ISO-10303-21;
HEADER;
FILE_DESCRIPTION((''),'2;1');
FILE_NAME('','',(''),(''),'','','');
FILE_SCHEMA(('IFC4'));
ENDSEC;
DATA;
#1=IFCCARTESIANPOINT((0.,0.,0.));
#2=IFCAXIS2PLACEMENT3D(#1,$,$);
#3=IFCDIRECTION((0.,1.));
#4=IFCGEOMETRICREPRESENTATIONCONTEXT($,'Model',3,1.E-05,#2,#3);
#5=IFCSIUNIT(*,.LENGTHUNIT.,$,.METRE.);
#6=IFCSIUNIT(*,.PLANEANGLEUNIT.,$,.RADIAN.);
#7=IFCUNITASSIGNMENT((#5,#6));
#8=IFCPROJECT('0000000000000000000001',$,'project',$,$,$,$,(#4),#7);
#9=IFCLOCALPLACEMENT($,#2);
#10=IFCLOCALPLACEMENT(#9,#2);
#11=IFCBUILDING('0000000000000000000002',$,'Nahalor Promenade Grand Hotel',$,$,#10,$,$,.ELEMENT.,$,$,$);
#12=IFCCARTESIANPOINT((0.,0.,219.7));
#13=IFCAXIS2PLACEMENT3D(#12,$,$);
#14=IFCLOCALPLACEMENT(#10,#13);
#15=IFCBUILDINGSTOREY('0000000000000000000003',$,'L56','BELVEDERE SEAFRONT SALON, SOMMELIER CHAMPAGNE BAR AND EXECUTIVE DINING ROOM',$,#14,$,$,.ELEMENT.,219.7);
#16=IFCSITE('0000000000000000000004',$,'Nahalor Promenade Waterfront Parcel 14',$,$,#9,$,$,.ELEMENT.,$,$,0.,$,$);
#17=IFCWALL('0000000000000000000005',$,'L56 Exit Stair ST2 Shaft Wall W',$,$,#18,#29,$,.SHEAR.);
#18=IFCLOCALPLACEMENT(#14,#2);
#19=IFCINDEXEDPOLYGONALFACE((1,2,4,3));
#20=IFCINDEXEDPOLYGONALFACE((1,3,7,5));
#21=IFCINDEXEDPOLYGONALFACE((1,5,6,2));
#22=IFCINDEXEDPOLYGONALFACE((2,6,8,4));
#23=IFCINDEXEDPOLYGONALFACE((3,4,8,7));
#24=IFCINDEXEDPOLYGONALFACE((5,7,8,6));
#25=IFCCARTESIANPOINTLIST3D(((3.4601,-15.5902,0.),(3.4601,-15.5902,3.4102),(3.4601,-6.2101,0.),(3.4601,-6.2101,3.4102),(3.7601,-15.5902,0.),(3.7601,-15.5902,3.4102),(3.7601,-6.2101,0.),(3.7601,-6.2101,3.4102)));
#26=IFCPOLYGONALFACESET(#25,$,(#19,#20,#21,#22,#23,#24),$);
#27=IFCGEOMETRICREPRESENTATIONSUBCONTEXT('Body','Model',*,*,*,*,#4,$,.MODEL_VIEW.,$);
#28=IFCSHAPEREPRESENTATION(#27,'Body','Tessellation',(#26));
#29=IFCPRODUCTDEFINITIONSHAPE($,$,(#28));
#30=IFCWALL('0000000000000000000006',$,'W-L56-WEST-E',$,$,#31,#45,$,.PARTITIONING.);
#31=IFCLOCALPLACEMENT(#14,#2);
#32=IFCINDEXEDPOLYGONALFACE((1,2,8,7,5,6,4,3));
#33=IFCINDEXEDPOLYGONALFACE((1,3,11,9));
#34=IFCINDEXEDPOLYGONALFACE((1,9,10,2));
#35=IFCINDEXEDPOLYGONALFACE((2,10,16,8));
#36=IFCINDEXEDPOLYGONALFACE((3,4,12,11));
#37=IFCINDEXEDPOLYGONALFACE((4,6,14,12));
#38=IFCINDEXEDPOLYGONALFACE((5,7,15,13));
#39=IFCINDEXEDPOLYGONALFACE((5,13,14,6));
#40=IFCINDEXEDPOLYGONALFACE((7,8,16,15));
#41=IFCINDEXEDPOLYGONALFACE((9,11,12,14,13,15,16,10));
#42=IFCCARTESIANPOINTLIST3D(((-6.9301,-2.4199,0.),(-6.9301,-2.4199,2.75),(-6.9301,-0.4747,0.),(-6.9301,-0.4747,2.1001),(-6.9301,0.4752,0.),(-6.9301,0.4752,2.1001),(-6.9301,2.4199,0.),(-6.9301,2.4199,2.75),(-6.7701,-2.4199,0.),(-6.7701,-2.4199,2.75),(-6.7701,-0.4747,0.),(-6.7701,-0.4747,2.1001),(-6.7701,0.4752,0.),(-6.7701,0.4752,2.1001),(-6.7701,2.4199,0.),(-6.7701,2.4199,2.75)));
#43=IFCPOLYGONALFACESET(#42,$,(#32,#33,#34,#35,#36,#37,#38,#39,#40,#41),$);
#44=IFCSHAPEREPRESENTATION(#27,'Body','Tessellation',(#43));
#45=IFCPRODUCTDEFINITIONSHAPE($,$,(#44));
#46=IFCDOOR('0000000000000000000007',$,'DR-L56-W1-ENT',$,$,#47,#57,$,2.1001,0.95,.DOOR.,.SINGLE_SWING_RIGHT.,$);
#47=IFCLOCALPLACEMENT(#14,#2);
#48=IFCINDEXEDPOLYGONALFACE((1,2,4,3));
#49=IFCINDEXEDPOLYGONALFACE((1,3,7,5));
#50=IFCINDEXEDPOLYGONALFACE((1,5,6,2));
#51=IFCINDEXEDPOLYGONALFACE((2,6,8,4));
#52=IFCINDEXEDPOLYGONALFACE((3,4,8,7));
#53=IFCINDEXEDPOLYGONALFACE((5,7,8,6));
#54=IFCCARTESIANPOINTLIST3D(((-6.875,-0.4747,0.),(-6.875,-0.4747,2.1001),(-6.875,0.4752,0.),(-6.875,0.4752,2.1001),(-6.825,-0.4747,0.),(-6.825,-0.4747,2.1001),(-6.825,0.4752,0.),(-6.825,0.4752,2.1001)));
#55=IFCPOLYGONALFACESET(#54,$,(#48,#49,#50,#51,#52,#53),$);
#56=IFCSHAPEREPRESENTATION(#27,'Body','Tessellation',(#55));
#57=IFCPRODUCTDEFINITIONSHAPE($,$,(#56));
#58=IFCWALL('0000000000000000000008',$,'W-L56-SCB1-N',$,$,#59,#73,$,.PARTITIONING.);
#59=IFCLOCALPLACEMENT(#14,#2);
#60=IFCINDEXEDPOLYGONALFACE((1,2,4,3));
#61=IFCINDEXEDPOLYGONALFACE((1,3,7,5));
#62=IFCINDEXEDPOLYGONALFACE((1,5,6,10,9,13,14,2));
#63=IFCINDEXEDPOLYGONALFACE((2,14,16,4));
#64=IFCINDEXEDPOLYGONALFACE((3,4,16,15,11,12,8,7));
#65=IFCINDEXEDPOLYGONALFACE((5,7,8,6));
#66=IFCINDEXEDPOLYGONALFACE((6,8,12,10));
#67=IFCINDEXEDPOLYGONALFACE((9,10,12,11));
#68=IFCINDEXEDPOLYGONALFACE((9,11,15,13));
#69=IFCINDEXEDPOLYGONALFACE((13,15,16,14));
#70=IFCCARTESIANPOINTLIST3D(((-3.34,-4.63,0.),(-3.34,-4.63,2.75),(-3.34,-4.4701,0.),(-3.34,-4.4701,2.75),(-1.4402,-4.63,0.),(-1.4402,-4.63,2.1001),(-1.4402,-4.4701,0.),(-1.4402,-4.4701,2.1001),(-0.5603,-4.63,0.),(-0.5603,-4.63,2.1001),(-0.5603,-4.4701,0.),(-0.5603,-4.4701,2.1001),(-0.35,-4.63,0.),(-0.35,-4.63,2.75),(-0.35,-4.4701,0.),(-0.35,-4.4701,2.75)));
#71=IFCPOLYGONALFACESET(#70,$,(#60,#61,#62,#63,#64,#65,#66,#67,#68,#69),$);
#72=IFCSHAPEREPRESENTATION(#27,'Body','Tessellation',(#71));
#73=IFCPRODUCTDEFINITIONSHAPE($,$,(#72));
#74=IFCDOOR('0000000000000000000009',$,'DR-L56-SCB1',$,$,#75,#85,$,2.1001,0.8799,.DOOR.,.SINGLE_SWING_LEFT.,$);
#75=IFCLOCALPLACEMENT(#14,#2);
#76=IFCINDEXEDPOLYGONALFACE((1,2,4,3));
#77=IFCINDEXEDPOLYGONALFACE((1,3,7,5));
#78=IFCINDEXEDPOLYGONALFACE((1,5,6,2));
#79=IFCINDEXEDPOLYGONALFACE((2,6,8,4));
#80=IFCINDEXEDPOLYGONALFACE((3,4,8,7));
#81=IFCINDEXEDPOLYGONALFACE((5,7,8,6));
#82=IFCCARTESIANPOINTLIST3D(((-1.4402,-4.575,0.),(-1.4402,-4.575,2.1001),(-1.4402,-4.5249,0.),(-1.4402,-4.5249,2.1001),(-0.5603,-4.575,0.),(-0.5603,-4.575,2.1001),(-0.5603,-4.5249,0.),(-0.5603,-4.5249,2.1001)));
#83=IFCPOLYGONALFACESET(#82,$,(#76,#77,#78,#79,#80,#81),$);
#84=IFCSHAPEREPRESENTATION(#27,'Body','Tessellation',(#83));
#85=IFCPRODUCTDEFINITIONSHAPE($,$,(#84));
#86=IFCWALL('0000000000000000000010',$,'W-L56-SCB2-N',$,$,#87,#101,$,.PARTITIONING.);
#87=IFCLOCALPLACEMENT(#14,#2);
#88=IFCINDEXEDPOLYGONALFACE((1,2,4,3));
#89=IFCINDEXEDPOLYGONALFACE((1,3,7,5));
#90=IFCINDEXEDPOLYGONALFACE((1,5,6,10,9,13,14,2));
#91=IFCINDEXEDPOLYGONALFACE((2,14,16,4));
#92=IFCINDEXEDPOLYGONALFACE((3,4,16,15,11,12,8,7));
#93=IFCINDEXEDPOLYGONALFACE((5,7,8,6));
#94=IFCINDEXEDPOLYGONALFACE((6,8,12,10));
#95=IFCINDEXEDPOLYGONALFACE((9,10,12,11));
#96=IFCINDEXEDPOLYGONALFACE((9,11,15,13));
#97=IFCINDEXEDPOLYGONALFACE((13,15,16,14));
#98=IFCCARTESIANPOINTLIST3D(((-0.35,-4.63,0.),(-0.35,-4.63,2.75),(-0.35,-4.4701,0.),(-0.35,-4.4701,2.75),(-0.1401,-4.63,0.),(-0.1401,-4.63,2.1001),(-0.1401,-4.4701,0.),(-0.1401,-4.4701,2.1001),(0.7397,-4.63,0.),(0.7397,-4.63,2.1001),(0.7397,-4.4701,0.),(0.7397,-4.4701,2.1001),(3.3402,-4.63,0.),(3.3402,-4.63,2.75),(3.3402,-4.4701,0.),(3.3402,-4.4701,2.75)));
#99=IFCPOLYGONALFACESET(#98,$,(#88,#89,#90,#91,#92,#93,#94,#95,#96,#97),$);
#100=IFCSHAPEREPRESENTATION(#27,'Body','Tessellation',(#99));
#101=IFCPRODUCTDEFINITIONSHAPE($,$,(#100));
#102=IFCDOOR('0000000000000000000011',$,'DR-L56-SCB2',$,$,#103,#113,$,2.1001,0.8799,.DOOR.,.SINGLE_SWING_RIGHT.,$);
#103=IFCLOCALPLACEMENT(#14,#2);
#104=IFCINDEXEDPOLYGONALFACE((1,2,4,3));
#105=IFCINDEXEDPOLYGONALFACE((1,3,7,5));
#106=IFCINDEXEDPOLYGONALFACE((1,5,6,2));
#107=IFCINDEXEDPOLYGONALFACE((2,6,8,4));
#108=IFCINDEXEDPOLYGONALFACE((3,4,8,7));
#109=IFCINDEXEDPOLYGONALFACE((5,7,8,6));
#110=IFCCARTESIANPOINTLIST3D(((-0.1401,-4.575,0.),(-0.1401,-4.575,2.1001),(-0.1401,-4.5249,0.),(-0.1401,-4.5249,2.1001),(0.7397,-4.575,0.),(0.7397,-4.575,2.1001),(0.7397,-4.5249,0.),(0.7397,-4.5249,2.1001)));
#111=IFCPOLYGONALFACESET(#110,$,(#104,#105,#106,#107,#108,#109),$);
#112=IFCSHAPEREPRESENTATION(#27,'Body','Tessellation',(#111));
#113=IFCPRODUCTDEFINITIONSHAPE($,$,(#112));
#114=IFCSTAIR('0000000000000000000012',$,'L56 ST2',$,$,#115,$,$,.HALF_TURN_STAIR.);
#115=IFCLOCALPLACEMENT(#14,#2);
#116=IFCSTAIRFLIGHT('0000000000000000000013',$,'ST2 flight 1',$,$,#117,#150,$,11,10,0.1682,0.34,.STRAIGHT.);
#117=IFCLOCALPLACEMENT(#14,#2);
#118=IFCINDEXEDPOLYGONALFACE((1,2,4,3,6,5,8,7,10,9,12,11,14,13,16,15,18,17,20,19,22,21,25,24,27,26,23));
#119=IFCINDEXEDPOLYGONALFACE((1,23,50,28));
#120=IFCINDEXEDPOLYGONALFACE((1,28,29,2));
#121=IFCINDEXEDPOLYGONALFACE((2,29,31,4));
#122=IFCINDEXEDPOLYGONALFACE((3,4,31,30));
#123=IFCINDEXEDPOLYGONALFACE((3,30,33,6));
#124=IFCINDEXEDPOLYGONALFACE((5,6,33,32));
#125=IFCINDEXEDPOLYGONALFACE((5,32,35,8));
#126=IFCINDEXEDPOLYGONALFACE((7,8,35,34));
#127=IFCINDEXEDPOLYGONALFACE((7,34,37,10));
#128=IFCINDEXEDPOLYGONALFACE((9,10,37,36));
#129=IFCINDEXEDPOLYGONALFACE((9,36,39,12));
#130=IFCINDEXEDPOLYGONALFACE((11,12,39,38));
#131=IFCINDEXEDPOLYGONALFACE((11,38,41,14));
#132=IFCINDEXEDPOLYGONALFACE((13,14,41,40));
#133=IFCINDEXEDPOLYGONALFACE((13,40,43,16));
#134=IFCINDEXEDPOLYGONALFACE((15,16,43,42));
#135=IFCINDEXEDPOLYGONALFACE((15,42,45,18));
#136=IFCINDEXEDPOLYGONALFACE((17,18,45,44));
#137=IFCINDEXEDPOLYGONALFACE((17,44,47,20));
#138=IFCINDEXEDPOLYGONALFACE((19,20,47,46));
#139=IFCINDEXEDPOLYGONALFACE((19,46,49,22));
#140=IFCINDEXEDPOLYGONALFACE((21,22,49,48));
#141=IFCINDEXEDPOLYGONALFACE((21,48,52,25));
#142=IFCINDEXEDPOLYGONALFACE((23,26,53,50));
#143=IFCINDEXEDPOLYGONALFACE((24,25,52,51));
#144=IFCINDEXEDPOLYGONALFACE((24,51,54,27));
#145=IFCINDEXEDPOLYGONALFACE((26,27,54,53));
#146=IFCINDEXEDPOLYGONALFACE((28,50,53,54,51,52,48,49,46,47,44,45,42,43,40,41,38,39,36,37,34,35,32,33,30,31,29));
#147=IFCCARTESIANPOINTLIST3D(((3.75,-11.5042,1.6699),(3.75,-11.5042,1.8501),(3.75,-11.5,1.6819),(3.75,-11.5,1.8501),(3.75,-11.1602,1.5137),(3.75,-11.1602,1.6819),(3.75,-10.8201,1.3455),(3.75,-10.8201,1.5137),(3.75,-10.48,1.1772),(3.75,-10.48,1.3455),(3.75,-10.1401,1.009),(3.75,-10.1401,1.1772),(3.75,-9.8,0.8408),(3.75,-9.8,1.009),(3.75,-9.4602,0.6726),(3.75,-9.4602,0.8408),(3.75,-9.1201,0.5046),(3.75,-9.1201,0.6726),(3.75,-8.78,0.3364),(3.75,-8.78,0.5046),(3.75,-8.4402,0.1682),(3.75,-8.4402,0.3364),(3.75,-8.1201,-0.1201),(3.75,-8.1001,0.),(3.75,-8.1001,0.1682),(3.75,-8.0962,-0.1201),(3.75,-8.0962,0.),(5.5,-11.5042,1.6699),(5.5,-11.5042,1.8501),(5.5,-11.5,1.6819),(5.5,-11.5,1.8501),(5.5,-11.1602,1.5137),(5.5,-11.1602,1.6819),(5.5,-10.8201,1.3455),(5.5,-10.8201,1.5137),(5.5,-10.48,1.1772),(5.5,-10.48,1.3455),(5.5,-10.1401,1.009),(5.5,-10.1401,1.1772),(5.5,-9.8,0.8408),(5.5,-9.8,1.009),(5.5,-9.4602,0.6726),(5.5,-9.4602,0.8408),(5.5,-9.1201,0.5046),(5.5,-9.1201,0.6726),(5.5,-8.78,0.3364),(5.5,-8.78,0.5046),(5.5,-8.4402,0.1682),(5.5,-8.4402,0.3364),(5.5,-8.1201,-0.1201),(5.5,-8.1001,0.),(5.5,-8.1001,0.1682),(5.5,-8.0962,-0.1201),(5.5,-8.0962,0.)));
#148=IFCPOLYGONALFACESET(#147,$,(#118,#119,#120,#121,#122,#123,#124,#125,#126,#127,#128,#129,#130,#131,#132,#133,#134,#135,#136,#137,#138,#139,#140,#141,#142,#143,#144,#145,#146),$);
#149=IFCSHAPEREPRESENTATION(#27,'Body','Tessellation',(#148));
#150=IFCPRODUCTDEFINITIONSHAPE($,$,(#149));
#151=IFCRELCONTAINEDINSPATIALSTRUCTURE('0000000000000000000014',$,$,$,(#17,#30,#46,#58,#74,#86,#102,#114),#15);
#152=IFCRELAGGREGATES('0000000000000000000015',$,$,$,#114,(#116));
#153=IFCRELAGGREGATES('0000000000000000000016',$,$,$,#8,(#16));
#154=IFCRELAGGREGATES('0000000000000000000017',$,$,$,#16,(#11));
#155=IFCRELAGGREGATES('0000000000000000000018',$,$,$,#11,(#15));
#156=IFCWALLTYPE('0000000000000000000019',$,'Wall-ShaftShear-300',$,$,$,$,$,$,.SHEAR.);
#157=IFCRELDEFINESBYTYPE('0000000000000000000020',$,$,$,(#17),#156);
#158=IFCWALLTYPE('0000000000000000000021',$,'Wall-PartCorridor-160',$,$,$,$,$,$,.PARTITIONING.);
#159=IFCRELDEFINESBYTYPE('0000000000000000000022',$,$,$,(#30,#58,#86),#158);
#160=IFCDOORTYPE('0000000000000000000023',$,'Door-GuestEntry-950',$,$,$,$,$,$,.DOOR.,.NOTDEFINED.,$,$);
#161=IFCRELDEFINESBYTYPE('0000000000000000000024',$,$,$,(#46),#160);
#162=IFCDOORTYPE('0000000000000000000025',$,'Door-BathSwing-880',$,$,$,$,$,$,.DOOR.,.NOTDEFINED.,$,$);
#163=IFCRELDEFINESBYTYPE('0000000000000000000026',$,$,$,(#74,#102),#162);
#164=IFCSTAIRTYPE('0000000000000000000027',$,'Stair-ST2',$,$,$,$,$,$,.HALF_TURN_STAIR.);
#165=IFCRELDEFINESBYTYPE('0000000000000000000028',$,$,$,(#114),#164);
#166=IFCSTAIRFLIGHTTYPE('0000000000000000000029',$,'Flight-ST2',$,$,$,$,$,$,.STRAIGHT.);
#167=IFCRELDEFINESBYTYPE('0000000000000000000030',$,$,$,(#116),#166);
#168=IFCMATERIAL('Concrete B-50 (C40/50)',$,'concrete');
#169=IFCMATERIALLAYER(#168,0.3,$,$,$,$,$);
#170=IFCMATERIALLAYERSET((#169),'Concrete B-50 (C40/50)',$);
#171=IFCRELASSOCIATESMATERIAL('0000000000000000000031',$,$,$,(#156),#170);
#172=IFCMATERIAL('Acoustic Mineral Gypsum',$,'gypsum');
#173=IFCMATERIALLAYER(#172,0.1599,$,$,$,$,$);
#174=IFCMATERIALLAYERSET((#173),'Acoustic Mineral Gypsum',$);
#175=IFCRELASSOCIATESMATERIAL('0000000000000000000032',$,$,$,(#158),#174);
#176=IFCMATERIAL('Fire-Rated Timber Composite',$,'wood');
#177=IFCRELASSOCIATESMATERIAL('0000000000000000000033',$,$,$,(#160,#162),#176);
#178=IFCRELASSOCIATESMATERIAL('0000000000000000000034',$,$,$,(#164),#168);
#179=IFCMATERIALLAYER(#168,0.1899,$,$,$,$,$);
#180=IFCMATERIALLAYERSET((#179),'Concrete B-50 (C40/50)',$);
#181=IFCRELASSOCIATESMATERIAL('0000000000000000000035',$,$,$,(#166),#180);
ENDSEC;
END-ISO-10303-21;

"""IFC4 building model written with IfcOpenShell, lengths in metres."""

from ifc_helpers import new_model, si_unit, direction, frame, frame_2d, origin, place, context, subcontext, project, spatial, polyline, rectangle, outline, extrude, source, transform, mapped, material, layer, layer_set, type_object, element, fill, aggregate, save


model = new_model("IFC4")

# Units and contexts
model_context = context("Model", 3, precision=1e-05, world=origin(), true_north=direction((0.0, 1.0)))
body_context = subcontext(model_context, "Body", "Model", "MODEL_VIEW")
ifc_project = project(units=[si_unit("LENGTHUNIT", "METRE"), si_unit("PLANEANGLEUNIT", "RADIAN")], contexts=[model_context])

# Site, building, storey
site_placement = place(None, origin())
site = spatial("IfcSite", under=ifc_project, at=site_placement, Name="Nahalor Promenade Waterfront Parcel 14", CompositionType="ELEMENT", RefElevation=0.0)
building_placement = place(site_placement, origin())
building = spatial("IfcBuilding", under=site, at=building_placement, Name="Nahalor Promenade Grand Hotel", CompositionType="ELEMENT")
storey_placement = place(building_placement, frame((0.0, 0.0, 219.7)))
storey = spatial("IfcBuildingStorey", under=building, at=storey_placement, Name="L56", Description="BELVEDERE SEAFRONT SALON, SOMMELIER CHAMPAGNE BAR AND EXECUTIVE DINING ROOM", CompositionType="ELEMENT", Elevation=219.7)

# Shared definitions
ifc_material_1 = material(Name="Concrete B-50 (C40/50)", Category="concrete")
ifc_layer_1 = layer(ifc_material_1, 0.3)
ifc_layer_set_1 = layer_set([ifc_layer_1], Name="Concrete B-50 (C40/50)")
wall_type_1 = type_object("IfcWallType", Name="Wall-ShaftShear-300", PredefinedType="SHEAR", material=ifc_layer_set_1)

# Wall
shared_shape_1 = source(origin(), body_context, "Body", "SweptSolid", [
    extrude(rectangle(XDim=9.3801, YDim=0.3, at=frame_2d((4.6899, 0.0))), origin(), (0.0, 0.0, 1.0), 3.4102),
])
wall_1_placement = place(storey_placement, frame((3.6101, -15.5901, 0.0), z_axis=(0.0, 0.0, 1.0), x_axis=(0.0, 1.0, 0.0)))
element("IfcWall", 1, at=wall_1_placement, inside=storey, type_object=wall_type_1, Name="L56 Exit Stair ST2 Shaft Wall W", PredefinedType="SHEAR", context=body_context, shape_type="MappedRepresentation", body=[
    mapped(shared_shape_1, transform((0.0, 0.0, 0.0), scale=1.0)),
])

# Walls, openings, doors
ifc_material_2 = material(Name="Acoustic Mineral Gypsum", Category="gypsum")
ifc_layer_2 = layer(ifc_material_2, 0.1599)
ifc_layer_set_2 = layer_set([ifc_layer_2], Name="Acoustic Mineral Gypsum")
wall_type_2 = type_object("IfcWallType", Name="Wall-PartCorridor-160", PredefinedType="PARTITIONING", material=ifc_layer_set_2)
shared_shape_2 = source(origin(), body_context, "Body", "SweptSolid", [
    extrude(rectangle(XDim=4.8398, YDim=0.1599, at=frame_2d((2.4199, 0.0))), origin(), (0.0, 0.0, 1.0), 2.75),
])
wall_2_placement = place(storey_placement, frame((-6.8501, -2.4199, 0.0), z_axis=(0.0, 0.0, 1.0), x_axis=(0.0, 1.0, 0.0)))
wall_2 = element("IfcWall", 2, at=wall_2_placement, inside=storey, type_object=wall_type_2, Name="W-L56-WEST-E", PredefinedType="PARTITIONING", context=body_context, shape_type="MappedRepresentation", body=[
    mapped(shared_shape_2, transform((0.0, 0.0, 0.0), scale=1.0)),
])
opening_1_placement = place(wall_2_placement, frame((1.9451, 0.0, 0.0)))
opening_1 = element("IfcOpeningElement", 3, at=opening_1_placement, cuts=wall_2, PredefinedType="OPENING", context=body_context, shape_type="SweptSolid", body=[
    extrude(rectangle(XDim=0.95, YDim=2.1001, at=frame_2d((0.4751, 1.05))), frame((0.0, 0.0898, 0.0), z_axis=(0.0, -1.0, 0.0), x_axis=(1.0, 0.0, 0.0)), (0.0, 0.0, 1.0), 0.1799),
])
ifc_material_3 = material(Name="Fire-Rated Timber Composite", Category="wood")
door_type_1 = type_object("IfcDoorType", Name="Door-GuestEntry-950", OperationType="NOTDEFINED", PredefinedType="DOOR", material=ifc_material_3)
shared_shape_3 = source(origin(), body_context, "Body", "SweptSolid", [
    extrude(rectangle(XDim=0.95, YDim=2.1001, at=frame_2d((0.4751, 1.05))), frame((0.0, 0.0249, 0.0), z_axis=(0.0, -1.0, 0.0), x_axis=(1.0, 0.0, 0.0)), (0.0, 0.0, 1.0), 0.05),
])
door_1_placement = place(opening_1_placement, origin())
door_1 = element("IfcDoor", 4, at=door_1_placement, inside=storey, type_object=door_type_1, Name="DR-L56-W1-ENT", OperationType="SINGLE_SWING_RIGHT", OverallHeight=2.1001, OverallWidth=0.95, PredefinedType="DOOR", context=body_context, shape_type="MappedRepresentation", body=[
    mapped(shared_shape_3, transform((0.0, 0.0, 0.0), scale=1.0)),
])
fill(opening_1, door_1)
shared_shape_4 = source(origin(), body_context, "Body", "SweptSolid", [
    extrude(rectangle(XDim=2.99, YDim=0.1599, at=frame_2d((1.4951, 0.0))), origin(), (0.0, 0.0, 1.0), 2.75),
])
wall_3_placement = place(storey_placement, frame((-3.3401, -4.55, 0.0), z_axis=(0.0, 0.0, 1.0), x_axis=(1.0, 0.0, 0.0)))
wall_3 = element("IfcWall", 5, at=wall_3_placement, inside=storey, type_object=wall_type_2, Name="W-L56-SCB1-N", PredefinedType="PARTITIONING", context=body_context, shape_type="MappedRepresentation", body=[
    mapped(shared_shape_4, transform((0.0, 0.0, 0.0), scale=1.0)),
])
opening_2_placement = place(wall_3_placement, frame((1.8999, 0.0, 0.0)))
opening_2 = element("IfcOpeningElement", 6, at=opening_2_placement, cuts=wall_3, PredefinedType="OPENING", context=body_context, shape_type="SweptSolid", body=[
    extrude(rectangle(XDim=0.8799, YDim=2.1001, at=frame_2d((0.4399, 1.05))), frame((0.0, 0.0898, 0.0), z_axis=(0.0, -1.0, 0.0), x_axis=(1.0, 0.0, 0.0)), (0.0, 0.0, 1.0), 0.1799),
])
door_type_2 = type_object("IfcDoorType", Name="Door-BathSwing-880", OperationType="NOTDEFINED", PredefinedType="DOOR", material=ifc_material_3)
shared_shape_5 = source(origin(), body_context, "Body", "SweptSolid", [
    extrude(rectangle(XDim=0.8799, YDim=2.1001, at=frame_2d((0.4399, 1.05))), frame((0.0, 0.0249, 0.0), z_axis=(0.0, -1.0, 0.0), x_axis=(1.0, 0.0, 0.0)), (0.0, 0.0, 1.0), 0.05),
])
door_2_placement = place(opening_2_placement, frame((0.8799, 0.0, 0.0), z_axis=(0.0, 0.0, 1.0), x_axis=(-1.0, 0.0, 0.0)))
door_2 = element("IfcDoor", 7, at=door_2_placement, inside=storey, type_object=door_type_2, Name="DR-L56-SCB1", OperationType="SINGLE_SWING_LEFT", OverallHeight=2.1001, OverallWidth=0.8799, PredefinedType="DOOR", context=body_context, shape_type="MappedRepresentation", body=[
    mapped(shared_shape_5, transform((0.0, 0.0, 0.0), scale=1.0)),
])
fill(opening_2, door_2)
shared_shape_6 = source(origin(), body_context, "Body", "SweptSolid", [
    extrude(rectangle(XDim=3.6902, YDim=0.1599, at=frame_2d((1.8452, 0.0))), origin(), (0.0, 0.0, 1.0), 2.75),
])
wall_4_placement = place(storey_placement, frame((-0.3501, -4.55, 0.0), z_axis=(0.0, 0.0, 1.0), x_axis=(1.0, 0.0, 0.0)))
wall_4 = element("IfcWall", 8, at=wall_4_placement, inside=storey, type_object=wall_type_2, Name="W-L56-SCB2-N", PredefinedType="PARTITIONING", context=body_context, shape_type="MappedRepresentation", body=[
    mapped(shared_shape_6, transform((0.0, 0.0, 0.0), scale=1.0)),
])
opening_3_placement = place(wall_4_placement, frame((0.21, 0.0, 0.0)))
opening_3 = element("IfcOpeningElement", 9, at=opening_3_placement, cuts=wall_4, PredefinedType="OPENING", context=body_context, shape_type="SweptSolid", body=[
    extrude(rectangle(XDim=0.8799, YDim=2.1001, at=frame_2d((0.4399, 1.05))), frame((0.0, 0.0898, 0.0), z_axis=(0.0, -1.0, 0.0), x_axis=(1.0, 0.0, 0.0)), (0.0, 0.0, 1.0), 0.1799),
])
door_3_placement = place(opening_3_placement, frame((0.8799, 0.0, 0.0), z_axis=(0.0, 0.0, 1.0), x_axis=(-1.0, 0.0, 0.0)))
door_3 = element("IfcDoor", 10, at=door_3_placement, inside=storey, type_object=door_type_2, Name="DR-L56-SCB2", OperationType="SINGLE_SWING_RIGHT", OverallHeight=2.1001, OverallWidth=0.8799, PredefinedType="DOOR", context=body_context, shape_type="MappedRepresentation", body=[
    mapped(shared_shape_5, transform((0.0, 0.0, 0.0), scale=1.0)),
])
fill(opening_3, door_3)

# Stair, stair flight
stair_type_1 = type_object("IfcStairType", Name="Stair-ST2", PredefinedType="HALF_TURN_STAIR", material=ifc_material_1)
stair_1_placement = place(storey_placement, origin())
stair_1 = element("IfcStair", 11, at=stair_1_placement, inside=storey, type_object=stair_type_1, Name="L56 ST2", PredefinedType="HALF_TURN_STAIR")
ifc_layer_3 = layer(ifc_material_1, 0.1899)
ifc_layer_set_3 = layer_set([ifc_layer_3], Name="Concrete B-50 (C40/50)")
stair_flight_type_1 = type_object("IfcStairFlightType", Name="Flight-ST2", PredefinedType="STRAIGHT", material=ifc_layer_set_3)
shared_shape_7 = source(origin(), body_context, "Body", "SweptSolid", [
    extrude(outline(polyline([(-0.0039, -0.1201), (-0.0039, 0.0), (0.0, 0.0), (0.0, 0.1682), (0.3401, 0.1682), (0.3401, 0.3364), (0.6799, 0.3364), (0.6799, 0.5046), (1.02, 0.5046), (1.02, 0.6726), (1.3601, 0.6726), (1.3601, 0.8408), (1.7, 0.8408), (1.7, 1.009), (2.04, 1.009), (2.04, 1.1772), (2.3799, 1.1772), (2.3799, 1.3455), (2.72, 1.3455), (2.72, 1.5137), (3.0601, 1.5137), (3.0601, 1.6819), (3.3999, 1.6819), (3.3999, 1.8501), (3.4041, 1.8501), (3.4041, 1.6699), (0.02, -0.1201), (-0.0039, -0.1201)])), frame((0.0, 0.875, 0.0), z_axis=(0.0, -1.0, 0.0), x_axis=(1.0, 0.0, 0.0)), (0.0, 0.0, 1.0), 1.75),
])
stair_flight_1_placement = place(storey_placement, frame((4.625, -8.1001, 0.0), z_axis=(0.0, 0.0, 1.0), x_axis=(0.0, -1.0, 0.0)))
stair_flight_1 = element("IfcStairFlight", 12, at=stair_flight_1_placement, type_object=stair_flight_type_1, Name="ST2 flight 1", NumberOfRisers=11, NumberOfTreads=10, PredefinedType="STRAIGHT", RiserHeight=0.1682, TreadLength=0.34, context=body_context, shape_type="MappedRepresentation", body=[
    mapped(shared_shape_7, transform((0.0, 0.0, 0.0), scale=1.0)),
])
aggregate(stair_1, [stair_flight_1])

save(model, "model.ifc")
